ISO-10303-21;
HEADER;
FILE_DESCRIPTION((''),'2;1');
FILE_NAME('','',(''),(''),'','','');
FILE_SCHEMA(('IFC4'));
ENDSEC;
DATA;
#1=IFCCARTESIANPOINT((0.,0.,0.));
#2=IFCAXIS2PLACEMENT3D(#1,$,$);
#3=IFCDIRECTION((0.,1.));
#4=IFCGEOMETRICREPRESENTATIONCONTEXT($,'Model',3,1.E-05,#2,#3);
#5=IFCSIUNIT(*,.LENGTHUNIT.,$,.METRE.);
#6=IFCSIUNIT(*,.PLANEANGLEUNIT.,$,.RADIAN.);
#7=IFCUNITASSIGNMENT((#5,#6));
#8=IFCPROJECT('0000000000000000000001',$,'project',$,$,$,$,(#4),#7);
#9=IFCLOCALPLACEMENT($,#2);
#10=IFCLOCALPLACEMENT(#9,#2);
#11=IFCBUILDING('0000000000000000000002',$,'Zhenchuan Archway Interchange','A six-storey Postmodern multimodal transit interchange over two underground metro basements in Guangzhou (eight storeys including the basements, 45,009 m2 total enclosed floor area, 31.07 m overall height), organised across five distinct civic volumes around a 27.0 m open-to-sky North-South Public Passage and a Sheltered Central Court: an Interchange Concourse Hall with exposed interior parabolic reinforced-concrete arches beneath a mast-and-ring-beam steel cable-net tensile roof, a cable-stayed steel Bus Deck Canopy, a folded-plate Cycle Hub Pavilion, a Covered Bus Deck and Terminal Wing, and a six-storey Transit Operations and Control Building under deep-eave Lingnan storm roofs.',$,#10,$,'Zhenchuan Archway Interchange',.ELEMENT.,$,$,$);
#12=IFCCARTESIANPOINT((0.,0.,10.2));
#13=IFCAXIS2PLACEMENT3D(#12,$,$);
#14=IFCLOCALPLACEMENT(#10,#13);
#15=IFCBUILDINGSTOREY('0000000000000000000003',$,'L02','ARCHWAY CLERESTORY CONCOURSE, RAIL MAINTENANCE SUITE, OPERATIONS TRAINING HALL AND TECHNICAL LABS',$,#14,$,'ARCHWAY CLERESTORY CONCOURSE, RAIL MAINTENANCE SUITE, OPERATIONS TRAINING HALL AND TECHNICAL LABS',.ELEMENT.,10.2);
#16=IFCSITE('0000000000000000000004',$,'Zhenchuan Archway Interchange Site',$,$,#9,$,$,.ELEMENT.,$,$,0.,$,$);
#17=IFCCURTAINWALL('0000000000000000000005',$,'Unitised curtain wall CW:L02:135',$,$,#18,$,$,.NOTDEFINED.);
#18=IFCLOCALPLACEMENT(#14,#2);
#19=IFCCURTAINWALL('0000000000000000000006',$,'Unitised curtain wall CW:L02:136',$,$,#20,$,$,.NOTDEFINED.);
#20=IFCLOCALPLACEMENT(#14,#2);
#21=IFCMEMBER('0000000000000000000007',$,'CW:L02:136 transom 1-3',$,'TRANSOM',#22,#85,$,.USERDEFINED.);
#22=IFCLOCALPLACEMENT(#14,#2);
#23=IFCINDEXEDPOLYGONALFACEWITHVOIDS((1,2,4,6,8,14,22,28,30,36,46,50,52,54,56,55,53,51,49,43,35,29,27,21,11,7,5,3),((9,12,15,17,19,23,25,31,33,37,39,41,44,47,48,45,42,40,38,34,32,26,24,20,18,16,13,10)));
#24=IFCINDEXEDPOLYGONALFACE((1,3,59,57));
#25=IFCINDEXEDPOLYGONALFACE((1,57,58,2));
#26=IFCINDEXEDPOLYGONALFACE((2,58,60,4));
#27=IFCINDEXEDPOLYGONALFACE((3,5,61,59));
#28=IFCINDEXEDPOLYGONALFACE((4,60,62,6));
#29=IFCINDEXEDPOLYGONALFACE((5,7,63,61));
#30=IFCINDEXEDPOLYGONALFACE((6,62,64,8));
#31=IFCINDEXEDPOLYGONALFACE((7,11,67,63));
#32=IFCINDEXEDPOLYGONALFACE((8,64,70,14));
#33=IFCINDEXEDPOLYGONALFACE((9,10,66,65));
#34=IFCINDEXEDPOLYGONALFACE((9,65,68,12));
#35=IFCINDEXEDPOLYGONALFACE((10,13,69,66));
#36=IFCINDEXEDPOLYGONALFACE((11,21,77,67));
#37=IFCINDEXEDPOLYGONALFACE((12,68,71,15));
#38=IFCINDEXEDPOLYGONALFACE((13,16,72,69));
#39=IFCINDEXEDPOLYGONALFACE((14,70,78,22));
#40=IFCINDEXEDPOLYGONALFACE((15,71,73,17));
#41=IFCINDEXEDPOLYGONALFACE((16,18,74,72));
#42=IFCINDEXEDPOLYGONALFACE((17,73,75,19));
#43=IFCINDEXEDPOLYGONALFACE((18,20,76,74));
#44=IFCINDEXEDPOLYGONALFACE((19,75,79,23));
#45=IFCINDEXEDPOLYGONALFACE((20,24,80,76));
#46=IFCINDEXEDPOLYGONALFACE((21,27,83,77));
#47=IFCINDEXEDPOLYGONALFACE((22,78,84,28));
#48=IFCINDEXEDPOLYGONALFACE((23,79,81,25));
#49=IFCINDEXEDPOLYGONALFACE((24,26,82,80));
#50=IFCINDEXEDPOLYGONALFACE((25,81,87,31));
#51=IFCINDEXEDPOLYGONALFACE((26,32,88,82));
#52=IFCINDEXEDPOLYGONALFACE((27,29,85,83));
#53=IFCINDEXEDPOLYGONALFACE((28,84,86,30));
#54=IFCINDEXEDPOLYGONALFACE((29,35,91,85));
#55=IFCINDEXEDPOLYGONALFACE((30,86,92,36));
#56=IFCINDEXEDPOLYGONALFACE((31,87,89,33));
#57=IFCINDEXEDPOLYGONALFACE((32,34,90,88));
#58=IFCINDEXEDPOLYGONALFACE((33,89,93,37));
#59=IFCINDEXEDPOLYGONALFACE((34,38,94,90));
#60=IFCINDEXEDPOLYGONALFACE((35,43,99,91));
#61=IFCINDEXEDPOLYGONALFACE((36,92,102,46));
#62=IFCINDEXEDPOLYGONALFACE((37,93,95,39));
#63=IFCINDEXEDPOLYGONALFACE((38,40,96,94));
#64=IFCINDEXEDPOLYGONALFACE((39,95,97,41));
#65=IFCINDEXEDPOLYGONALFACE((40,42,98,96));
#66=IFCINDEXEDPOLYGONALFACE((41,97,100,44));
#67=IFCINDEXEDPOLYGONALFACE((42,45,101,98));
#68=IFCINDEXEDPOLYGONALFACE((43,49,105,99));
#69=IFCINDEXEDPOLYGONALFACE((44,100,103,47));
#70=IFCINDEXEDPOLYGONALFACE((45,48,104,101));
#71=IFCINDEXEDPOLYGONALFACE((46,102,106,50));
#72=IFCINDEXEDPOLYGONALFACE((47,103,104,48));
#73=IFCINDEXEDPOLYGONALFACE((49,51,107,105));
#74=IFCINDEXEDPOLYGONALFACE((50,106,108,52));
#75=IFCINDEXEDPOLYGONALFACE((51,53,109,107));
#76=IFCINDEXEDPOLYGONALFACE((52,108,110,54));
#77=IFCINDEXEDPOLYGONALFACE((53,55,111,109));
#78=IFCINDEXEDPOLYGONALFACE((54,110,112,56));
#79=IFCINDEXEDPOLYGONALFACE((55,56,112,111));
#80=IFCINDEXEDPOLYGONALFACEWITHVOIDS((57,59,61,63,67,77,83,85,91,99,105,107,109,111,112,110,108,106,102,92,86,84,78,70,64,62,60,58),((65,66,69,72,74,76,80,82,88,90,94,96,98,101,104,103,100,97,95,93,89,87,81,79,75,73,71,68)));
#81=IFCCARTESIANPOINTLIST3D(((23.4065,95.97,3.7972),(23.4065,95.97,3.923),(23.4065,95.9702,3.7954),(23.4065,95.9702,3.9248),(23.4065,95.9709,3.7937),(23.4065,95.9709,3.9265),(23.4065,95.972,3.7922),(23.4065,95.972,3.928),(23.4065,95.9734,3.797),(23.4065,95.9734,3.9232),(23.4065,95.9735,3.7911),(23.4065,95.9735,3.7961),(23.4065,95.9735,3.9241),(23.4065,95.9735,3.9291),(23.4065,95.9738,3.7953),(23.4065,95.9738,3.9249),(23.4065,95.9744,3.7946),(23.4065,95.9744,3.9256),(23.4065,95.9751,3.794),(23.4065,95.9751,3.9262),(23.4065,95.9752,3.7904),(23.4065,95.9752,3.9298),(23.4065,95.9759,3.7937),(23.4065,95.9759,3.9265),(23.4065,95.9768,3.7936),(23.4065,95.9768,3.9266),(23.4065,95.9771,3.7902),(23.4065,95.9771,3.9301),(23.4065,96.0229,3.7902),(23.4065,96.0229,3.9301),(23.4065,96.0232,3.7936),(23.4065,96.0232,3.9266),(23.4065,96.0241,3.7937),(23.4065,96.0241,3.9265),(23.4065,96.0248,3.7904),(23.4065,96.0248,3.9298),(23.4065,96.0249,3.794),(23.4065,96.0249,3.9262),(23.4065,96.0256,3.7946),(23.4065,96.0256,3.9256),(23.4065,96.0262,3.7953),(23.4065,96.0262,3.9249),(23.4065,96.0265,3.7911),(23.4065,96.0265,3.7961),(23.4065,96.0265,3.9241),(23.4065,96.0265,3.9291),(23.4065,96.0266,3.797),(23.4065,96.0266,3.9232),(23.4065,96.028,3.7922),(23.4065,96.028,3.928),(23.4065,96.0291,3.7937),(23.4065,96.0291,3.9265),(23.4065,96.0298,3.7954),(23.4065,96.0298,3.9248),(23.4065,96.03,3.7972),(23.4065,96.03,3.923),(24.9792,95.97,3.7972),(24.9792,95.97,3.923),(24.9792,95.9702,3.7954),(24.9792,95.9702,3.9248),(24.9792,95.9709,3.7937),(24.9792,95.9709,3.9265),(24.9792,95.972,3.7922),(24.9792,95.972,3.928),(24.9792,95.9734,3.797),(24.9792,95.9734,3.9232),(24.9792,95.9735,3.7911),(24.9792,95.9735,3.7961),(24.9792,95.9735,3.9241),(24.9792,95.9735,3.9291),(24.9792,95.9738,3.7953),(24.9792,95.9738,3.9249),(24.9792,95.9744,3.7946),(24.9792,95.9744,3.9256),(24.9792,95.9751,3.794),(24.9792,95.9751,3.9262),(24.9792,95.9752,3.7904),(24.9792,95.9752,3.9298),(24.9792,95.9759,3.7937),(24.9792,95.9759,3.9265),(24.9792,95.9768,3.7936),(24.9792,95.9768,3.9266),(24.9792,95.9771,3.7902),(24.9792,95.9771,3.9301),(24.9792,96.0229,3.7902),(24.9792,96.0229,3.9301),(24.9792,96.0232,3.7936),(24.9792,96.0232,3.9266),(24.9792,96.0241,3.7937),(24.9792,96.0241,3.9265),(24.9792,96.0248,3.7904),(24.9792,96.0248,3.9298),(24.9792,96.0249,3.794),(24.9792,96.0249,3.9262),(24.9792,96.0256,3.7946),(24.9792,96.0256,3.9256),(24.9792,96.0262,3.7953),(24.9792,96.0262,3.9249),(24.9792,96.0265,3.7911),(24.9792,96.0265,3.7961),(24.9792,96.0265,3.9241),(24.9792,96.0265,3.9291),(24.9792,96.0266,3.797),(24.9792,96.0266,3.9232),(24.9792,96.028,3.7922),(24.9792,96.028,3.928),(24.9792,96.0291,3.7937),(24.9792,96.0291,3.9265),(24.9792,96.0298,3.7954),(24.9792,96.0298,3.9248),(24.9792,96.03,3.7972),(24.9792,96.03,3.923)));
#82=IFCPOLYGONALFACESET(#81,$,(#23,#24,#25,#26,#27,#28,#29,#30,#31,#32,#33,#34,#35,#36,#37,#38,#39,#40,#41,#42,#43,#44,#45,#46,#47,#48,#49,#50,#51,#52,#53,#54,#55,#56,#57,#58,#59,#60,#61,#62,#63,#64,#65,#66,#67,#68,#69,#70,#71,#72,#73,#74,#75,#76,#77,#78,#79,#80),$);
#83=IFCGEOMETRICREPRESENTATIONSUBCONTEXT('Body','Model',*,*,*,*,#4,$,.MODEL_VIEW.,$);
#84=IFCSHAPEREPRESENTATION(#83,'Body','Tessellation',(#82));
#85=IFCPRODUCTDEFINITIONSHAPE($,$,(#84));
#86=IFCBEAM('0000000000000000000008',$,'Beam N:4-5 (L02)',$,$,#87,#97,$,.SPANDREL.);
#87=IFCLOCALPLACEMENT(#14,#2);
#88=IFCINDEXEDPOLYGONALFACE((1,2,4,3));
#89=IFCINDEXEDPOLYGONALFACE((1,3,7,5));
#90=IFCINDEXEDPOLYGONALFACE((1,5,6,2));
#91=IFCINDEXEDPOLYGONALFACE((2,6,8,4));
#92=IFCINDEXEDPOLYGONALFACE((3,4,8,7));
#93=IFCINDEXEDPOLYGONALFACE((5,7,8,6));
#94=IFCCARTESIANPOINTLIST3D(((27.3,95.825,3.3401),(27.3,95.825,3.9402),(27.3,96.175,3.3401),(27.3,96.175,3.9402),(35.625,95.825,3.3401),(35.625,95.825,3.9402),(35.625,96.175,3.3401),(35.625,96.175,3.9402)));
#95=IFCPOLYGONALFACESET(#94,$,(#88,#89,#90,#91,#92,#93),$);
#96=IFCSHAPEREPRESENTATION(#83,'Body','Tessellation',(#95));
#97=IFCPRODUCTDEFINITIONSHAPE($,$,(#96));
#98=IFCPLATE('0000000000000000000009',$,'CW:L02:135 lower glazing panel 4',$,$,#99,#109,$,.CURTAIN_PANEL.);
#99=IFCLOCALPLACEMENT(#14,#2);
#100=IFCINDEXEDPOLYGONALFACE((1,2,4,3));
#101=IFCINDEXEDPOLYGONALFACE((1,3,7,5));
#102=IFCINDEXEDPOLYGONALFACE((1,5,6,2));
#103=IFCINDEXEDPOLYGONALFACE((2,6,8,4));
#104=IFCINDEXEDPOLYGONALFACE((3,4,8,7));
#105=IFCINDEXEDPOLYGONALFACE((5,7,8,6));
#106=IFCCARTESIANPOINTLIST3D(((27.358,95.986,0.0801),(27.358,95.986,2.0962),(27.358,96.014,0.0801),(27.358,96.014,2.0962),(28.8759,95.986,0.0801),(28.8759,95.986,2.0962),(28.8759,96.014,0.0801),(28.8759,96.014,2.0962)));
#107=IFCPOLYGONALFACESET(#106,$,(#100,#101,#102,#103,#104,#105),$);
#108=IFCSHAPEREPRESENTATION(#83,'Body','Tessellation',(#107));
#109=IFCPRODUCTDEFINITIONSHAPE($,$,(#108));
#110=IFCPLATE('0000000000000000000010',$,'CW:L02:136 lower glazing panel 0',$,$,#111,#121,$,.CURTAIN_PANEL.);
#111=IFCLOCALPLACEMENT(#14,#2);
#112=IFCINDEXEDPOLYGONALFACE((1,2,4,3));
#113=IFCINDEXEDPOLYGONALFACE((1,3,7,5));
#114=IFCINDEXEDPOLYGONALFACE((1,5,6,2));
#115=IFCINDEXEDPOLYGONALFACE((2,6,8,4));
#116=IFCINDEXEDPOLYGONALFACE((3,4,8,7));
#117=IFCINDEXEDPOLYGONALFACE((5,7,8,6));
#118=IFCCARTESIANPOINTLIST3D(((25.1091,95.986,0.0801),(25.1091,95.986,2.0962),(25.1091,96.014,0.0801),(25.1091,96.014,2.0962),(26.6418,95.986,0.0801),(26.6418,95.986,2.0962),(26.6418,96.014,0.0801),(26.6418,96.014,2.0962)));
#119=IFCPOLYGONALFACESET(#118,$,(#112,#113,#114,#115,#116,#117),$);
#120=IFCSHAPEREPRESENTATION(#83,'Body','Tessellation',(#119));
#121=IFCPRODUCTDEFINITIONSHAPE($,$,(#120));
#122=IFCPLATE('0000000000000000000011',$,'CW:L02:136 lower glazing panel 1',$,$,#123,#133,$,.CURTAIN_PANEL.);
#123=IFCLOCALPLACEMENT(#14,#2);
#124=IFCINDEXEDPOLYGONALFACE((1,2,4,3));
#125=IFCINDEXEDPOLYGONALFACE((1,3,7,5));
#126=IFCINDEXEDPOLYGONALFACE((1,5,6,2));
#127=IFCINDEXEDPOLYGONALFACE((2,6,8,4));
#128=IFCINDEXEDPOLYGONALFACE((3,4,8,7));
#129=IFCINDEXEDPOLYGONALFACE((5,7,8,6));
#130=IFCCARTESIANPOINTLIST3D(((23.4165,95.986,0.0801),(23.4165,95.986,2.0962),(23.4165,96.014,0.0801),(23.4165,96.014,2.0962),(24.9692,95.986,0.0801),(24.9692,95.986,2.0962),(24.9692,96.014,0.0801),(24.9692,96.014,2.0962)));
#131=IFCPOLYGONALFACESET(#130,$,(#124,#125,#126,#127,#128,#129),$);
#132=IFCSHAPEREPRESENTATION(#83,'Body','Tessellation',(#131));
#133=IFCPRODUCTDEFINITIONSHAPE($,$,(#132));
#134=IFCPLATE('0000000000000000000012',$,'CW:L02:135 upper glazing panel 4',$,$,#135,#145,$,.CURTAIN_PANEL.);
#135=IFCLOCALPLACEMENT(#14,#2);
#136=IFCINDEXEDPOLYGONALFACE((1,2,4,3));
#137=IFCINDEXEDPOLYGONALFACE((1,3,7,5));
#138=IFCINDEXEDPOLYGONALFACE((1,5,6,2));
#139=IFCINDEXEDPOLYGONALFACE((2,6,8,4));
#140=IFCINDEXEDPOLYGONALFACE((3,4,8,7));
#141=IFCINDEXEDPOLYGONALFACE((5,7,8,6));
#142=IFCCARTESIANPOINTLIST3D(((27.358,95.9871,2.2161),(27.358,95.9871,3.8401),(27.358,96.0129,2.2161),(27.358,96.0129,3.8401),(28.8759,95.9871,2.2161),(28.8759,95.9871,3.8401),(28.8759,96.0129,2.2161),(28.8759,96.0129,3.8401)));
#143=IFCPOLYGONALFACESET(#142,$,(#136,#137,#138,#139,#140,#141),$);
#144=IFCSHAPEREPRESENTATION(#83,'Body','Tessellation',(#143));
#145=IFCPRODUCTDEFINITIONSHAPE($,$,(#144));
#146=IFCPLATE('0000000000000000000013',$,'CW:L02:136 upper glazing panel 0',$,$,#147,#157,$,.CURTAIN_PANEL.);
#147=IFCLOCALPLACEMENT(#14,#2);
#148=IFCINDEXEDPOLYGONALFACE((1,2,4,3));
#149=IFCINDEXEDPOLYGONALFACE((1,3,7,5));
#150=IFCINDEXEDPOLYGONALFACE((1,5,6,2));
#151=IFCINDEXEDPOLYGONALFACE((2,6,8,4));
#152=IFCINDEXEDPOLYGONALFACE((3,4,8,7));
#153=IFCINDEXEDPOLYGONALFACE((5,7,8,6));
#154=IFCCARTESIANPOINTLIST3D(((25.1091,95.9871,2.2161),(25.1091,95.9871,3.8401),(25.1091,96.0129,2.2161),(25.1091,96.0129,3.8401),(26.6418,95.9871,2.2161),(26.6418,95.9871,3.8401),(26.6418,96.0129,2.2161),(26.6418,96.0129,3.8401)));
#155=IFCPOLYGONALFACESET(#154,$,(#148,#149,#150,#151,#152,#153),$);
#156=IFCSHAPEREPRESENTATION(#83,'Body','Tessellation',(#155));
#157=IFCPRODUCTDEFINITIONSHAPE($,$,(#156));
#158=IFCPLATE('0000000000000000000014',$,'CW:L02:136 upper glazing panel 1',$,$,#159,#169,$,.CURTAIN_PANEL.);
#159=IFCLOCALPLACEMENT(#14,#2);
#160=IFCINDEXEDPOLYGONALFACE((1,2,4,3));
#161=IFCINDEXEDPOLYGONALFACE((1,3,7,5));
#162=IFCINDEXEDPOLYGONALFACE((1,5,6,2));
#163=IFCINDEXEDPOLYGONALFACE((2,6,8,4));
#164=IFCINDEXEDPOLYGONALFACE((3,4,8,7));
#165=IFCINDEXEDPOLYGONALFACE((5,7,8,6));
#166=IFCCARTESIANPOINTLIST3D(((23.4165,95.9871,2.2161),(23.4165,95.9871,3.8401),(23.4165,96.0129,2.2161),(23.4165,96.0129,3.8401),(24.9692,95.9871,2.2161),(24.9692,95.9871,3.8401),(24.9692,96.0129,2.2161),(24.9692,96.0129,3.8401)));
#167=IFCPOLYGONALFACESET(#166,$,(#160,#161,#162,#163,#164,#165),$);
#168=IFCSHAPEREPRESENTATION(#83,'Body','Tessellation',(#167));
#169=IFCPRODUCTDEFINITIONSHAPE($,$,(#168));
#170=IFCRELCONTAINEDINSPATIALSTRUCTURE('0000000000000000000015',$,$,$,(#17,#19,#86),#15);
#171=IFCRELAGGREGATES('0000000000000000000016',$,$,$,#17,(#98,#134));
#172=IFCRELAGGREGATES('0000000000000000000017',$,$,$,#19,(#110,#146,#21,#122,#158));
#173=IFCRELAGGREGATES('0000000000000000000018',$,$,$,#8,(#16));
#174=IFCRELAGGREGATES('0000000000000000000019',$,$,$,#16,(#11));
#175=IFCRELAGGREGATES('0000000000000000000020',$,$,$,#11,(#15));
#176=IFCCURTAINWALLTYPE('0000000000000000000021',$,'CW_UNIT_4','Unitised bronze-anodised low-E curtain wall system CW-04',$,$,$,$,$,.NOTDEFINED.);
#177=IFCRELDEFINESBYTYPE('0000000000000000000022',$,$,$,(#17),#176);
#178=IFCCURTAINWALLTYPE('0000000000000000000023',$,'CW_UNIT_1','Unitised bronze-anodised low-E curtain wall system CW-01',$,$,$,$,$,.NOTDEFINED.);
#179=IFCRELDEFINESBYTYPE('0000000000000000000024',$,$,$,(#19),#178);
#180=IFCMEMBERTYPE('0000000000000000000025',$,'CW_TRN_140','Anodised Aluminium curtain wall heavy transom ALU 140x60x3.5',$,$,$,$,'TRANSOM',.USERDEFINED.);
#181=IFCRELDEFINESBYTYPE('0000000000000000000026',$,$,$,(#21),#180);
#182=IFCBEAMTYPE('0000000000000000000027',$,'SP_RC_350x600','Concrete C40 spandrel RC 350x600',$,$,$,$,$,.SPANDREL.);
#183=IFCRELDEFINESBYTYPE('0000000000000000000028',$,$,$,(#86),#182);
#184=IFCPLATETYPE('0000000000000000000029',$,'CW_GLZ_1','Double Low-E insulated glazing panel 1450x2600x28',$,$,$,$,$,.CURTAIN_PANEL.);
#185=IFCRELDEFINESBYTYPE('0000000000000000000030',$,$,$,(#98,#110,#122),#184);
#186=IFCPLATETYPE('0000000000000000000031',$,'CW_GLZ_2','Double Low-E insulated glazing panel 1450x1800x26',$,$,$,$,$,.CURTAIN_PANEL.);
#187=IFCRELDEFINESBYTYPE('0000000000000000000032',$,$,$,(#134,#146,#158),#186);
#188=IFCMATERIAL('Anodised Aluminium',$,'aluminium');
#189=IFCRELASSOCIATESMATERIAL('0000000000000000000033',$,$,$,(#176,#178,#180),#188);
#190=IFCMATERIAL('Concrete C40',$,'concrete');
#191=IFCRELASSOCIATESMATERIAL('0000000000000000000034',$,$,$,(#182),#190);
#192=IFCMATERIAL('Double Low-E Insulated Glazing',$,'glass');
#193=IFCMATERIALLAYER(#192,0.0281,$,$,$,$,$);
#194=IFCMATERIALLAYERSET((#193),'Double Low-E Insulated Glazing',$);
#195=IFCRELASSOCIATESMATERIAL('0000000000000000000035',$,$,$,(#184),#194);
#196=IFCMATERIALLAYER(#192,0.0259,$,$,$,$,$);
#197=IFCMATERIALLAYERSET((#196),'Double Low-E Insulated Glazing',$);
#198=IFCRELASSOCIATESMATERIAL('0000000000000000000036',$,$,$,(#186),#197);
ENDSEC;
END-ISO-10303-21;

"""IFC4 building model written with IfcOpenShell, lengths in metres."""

from ifc_helpers import new_model, si_unit, direction, frame, origin, origin_2d, place, context, subcontext, project, spatial, rectangle, hollow_rectangle, extrude, material, layer, layer_set, material_profile, profile_set, type_object, element, aggregate, save


model = new_model("IFC4")

# Units and contexts
model_context = context("Model", 3, precision=1e-05, world=origin(), true_north=direction((0.0, 1.0)))
body_context = subcontext(model_context, "Body", "Model", "MODEL_VIEW")
ifc_project = project(units=[si_unit("LENGTHUNIT", "METRE"), si_unit("PLANEANGLEUNIT", "RADIAN")], contexts=[model_context])

# Site, building, storey
site_placement = place(None, origin())
site = spatial("IfcSite", under=ifc_project, at=site_placement, Name="Zhenchuan Archway Interchange Site", CompositionType="ELEMENT", RefElevation=0.0)
building_placement = place(site_placement, origin())
building = spatial("IfcBuilding", under=site, at=building_placement, Name="Zhenchuan Archway Interchange", Description="A six-storey Postmodern multimodal transit interchange over two underground metro basements in Guangzhou (eight storeys including the basements, 45,009 m2 total enclosed floor area, 31.07 m overall height), organised across five distinct civic volumes around a 27.0 m open-to-sky North-South Public Passage and a Sheltered Central Court: an Interchange Concourse Hall with exposed interior parabolic reinforced-concrete arches beneath a mast-and-ring-beam steel cable-net tensile roof, a cable-stayed steel Bus Deck Canopy, a folded-plate Cycle Hub Pavilion, a Covered Bus Deck and Terminal Wing, and a six-storey Transit Operations and Control Building under deep-eave Lingnan storm roofs.", LongName="Zhenchuan Archway Interchange", CompositionType="ELEMENT")
storey_placement = place(building_placement, frame((0.0, 0.0, 10.2)))
storey = spatial("IfcBuildingStorey", under=building, at=storey_placement, Name="L02", Description="ARCHWAY CLERESTORY CONCOURSE, RAIL MAINTENANCE SUITE, OPERATIONS TRAINING HALL AND TECHNICAL LABS", LongName="ARCHWAY CLERESTORY CONCOURSE, RAIL MAINTENANCE SUITE, OPERATIONS TRAINING HALL AND TECHNICAL LABS", CompositionType="ELEMENT", Elevation=10.2)

# Shared definitions
ifc_material_1 = material(Name="Concrete C40", Category="concrete")

# Curtain walls
ifc_material_2 = material(Name="Anodised Aluminium", Category="aluminium")
curtain_wall_type_1 = type_object("IfcCurtainWallType", Name="CW_UNIT_4", Description="Unitised bronze-anodised low-E curtain wall system CW-04", PredefinedType="NOTDEFINED", material=ifc_material_2)
curtain_wall_1_placement = place(storey_placement, origin())
curtain_wall_1 = element("IfcCurtainWall", 1, at=curtain_wall_1_placement, inside=storey, type_object=curtain_wall_type_1, Name="Unitised curtain wall CW:L02:135", PredefinedType="NOTDEFINED")
curtain_wall_type_2 = type_object("IfcCurtainWallType", Name="CW_UNIT_1", Description="Unitised bronze-anodised low-E curtain wall system CW-01", PredefinedType="NOTDEFINED", material=ifc_material_2)
curtain_wall_2_placement = place(storey_placement, origin())
curtain_wall_2 = element("IfcCurtainWall", 2, at=curtain_wall_2_placement, inside=storey, type_object=curtain_wall_type_2, Name="Unitised curtain wall CW:L02:136", PredefinedType="NOTDEFINED")

# Member
ifc_material_profile_1 = material_profile(ifc_material_2, hollow_rectangle(XDim=0.0601, YDim=0.1399, WallThickness=0.0034, InnerFilletRadius=0.0034, OuterFilletRadius=0.0071, at=origin_2d()), Name="ALU 140x60x3.5")
ifc_profile_set_1 = profile_set([ifc_material_profile_1], Name="Anodised Aluminium")
member_type_1 = type_object("IfcMemberType", Name="CW_TRN_140", Description="Anodised Aluminium curtain wall heavy transom ALU 140x60x3.5", ElementType="TRANSOM", PredefinedType="USERDEFINED", material=ifc_profile_set_1)
member_1_placement = place(storey_placement, frame((24.9792, 96.0, 3.8601), z_axis=(-1.0, 0.0, 0.0), x_axis=(0.0, -1.0, 0.0)))
member_1 = element("IfcMember", 3, at=member_1_placement, type_object=member_type_1, Name="CW:L02:136 transom 1-3", ObjectType="TRANSOM", PredefinedType="USERDEFINED", context=body_context, shape_type="SweptSolid", body=[
    extrude(hollow_rectangle(XDim=0.0601, YDim=0.1399, WallThickness=0.0034, InnerFilletRadius=0.0034, OuterFilletRadius=0.0071, at=origin_2d()), origin(), (0.0, 0.0, 1.0), 1.5728),
])

# Beam
ifc_material_profile_2 = material_profile(ifc_material_1, rectangle(XDim=0.3501, YDim=0.6001, at=origin_2d()), Name="RC 350x600")
ifc_profile_set_2 = profile_set([ifc_material_profile_2], Name="Concrete C40")
beam_type = type_object("IfcBeamType", Name="SP_RC_350x600", Description="Concrete C40 spandrel RC 350x600", PredefinedType="SPANDREL", material=ifc_profile_set_2)
beam_placement = place(storey_placement, frame((27.3, 96.0, 3.6401), z_axis=(1.0, 0.0, 0.0), x_axis=(0.0, 1.0, 0.0)))
element("IfcBeam", 4, at=beam_placement, inside=storey, type_object=beam_type, Name="Beam N:4-5 (L02)", PredefinedType="SPANDREL", context=body_context, shape_type="SweptSolid", body=[
    extrude(rectangle(XDim=0.3501, YDim=0.6001, at=origin_2d()), origin(), (0.0, 0.0, 1.0), 8.325),
])

# Plates
ifc_material_3 = material(Name="Double Low-E Insulated Glazing", Category="glass")
ifc_layer_1 = layer(ifc_material_3, 0.0281)
ifc_layer_set_1 = layer_set([ifc_layer_1], Name="Double Low-E Insulated Glazing")
plate_type_1 = type_object("IfcPlateType", Name="CW_GLZ_1", Description="Double Low-E insulated glazing panel 1450x2600x28", PredefinedType="CURTAIN_PANEL", material=ifc_layer_set_1)
plate_1_placement = place(storey_placement, frame((28.1169, 96.0, 0.0801), z_axis=(0.0, 0.0, 1.0), x_axis=(-1.0, 0.0, 0.0)))
plate_1 = element("IfcPlate", 5, at=plate_1_placement, type_object=plate_type_1, Name="CW:L02:135 lower glazing panel 4", PredefinedType="CURTAIN_PANEL", context=body_context, shape_type="SweptSolid", body=[
    extrude(rectangle(XDim=1.5178, YDim=0.0281, at=origin_2d()), origin(), (0.0, 0.0, 1.0), 2.0161),
])
plate_2_placement = place(storey_placement, frame((25.8755, 96.0, 0.0801), z_axis=(0.0, 0.0, 1.0), x_axis=(-1.0, 0.0, 0.0)))
plate_2 = element("IfcPlate", 6, at=plate_2_placement, type_object=plate_type_1, Name="CW:L02:136 lower glazing panel 0", PredefinedType="CURTAIN_PANEL", context=body_context, shape_type="SweptSolid", body=[
    extrude(rectangle(XDim=1.5327, YDim=0.0281, at=origin_2d()), origin(), (0.0, 0.0, 1.0), 2.0161),
])
plate_3_placement = place(storey_placement, frame((24.1929, 96.0, 0.0801), z_axis=(0.0, 0.0, 1.0), x_axis=(-1.0, 0.0, 0.0)))
plate_3 = element("IfcPlate", 7, at=plate_3_placement, type_object=plate_type_1, Name="CW:L02:136 lower glazing panel 1", PredefinedType="CURTAIN_PANEL", context=body_context, shape_type="SweptSolid", body=[
    extrude(rectangle(XDim=1.5527, YDim=0.0281, at=origin_2d()), origin(), (0.0, 0.0, 1.0), 2.0161),
])
ifc_layer_2 = layer(ifc_material_3, 0.0259)
ifc_layer_set_2 = layer_set([ifc_layer_2], Name="Double Low-E Insulated Glazing")
plate_type_2 = type_object("IfcPlateType", Name="CW_GLZ_2", Description="Double Low-E insulated glazing panel 1450x1800x26", PredefinedType="CURTAIN_PANEL", material=ifc_layer_set_2)
plate_4_placement = place(storey_placement, frame((28.1169, 96.0, 2.2161), z_axis=(0.0, 0.0, 1.0), x_axis=(-1.0, 0.0, 0.0)))
plate_4 = element("IfcPlate", 8, at=plate_4_placement, type_object=plate_type_2, Name="CW:L02:135 upper glazing panel 4", PredefinedType="CURTAIN_PANEL", context=body_context, shape_type="SweptSolid", body=[
    extrude(rectangle(XDim=1.5178, YDim=0.0259, at=origin_2d()), origin(), (0.0, 0.0, 1.0), 1.624),
])
aggregate(curtain_wall_1, [plate_1, plate_4])
plate_5_placement = place(storey_placement, frame((25.8755, 96.0, 2.2161), z_axis=(0.0, 0.0, 1.0), x_axis=(-1.0, 0.0, 0.0)))
plate_5 = element("IfcPlate", 9, at=plate_5_placement, type_object=plate_type_2, Name="CW:L02:136 upper glazing panel 0", PredefinedType="CURTAIN_PANEL", context=body_context, shape_type="SweptSolid", body=[
    extrude(rectangle(XDim=1.5327, YDim=0.0259, at=origin_2d()), origin(), (0.0, 0.0, 1.0), 1.624),
])
plate_6_placement = place(storey_placement, frame((24.1929, 96.0, 2.2161), z_axis=(0.0, 0.0, 1.0), x_axis=(-1.0, 0.0, 0.0)))
plate_6 = element("IfcPlate", 10, at=plate_6_placement, type_object=plate_type_2, Name="CW:L02:136 upper glazing panel 1", PredefinedType="CURTAIN_PANEL", context=body_context, shape_type="SweptSolid", body=[
    extrude(rectangle(XDim=1.5527, YDim=0.0259, at=origin_2d()), origin(), (0.0, 0.0, 1.0), 1.624),
])
aggregate(curtain_wall_2, [plate_2, plate_5, member_1, plate_3, plate_6])

save(model, "model.ifc")
